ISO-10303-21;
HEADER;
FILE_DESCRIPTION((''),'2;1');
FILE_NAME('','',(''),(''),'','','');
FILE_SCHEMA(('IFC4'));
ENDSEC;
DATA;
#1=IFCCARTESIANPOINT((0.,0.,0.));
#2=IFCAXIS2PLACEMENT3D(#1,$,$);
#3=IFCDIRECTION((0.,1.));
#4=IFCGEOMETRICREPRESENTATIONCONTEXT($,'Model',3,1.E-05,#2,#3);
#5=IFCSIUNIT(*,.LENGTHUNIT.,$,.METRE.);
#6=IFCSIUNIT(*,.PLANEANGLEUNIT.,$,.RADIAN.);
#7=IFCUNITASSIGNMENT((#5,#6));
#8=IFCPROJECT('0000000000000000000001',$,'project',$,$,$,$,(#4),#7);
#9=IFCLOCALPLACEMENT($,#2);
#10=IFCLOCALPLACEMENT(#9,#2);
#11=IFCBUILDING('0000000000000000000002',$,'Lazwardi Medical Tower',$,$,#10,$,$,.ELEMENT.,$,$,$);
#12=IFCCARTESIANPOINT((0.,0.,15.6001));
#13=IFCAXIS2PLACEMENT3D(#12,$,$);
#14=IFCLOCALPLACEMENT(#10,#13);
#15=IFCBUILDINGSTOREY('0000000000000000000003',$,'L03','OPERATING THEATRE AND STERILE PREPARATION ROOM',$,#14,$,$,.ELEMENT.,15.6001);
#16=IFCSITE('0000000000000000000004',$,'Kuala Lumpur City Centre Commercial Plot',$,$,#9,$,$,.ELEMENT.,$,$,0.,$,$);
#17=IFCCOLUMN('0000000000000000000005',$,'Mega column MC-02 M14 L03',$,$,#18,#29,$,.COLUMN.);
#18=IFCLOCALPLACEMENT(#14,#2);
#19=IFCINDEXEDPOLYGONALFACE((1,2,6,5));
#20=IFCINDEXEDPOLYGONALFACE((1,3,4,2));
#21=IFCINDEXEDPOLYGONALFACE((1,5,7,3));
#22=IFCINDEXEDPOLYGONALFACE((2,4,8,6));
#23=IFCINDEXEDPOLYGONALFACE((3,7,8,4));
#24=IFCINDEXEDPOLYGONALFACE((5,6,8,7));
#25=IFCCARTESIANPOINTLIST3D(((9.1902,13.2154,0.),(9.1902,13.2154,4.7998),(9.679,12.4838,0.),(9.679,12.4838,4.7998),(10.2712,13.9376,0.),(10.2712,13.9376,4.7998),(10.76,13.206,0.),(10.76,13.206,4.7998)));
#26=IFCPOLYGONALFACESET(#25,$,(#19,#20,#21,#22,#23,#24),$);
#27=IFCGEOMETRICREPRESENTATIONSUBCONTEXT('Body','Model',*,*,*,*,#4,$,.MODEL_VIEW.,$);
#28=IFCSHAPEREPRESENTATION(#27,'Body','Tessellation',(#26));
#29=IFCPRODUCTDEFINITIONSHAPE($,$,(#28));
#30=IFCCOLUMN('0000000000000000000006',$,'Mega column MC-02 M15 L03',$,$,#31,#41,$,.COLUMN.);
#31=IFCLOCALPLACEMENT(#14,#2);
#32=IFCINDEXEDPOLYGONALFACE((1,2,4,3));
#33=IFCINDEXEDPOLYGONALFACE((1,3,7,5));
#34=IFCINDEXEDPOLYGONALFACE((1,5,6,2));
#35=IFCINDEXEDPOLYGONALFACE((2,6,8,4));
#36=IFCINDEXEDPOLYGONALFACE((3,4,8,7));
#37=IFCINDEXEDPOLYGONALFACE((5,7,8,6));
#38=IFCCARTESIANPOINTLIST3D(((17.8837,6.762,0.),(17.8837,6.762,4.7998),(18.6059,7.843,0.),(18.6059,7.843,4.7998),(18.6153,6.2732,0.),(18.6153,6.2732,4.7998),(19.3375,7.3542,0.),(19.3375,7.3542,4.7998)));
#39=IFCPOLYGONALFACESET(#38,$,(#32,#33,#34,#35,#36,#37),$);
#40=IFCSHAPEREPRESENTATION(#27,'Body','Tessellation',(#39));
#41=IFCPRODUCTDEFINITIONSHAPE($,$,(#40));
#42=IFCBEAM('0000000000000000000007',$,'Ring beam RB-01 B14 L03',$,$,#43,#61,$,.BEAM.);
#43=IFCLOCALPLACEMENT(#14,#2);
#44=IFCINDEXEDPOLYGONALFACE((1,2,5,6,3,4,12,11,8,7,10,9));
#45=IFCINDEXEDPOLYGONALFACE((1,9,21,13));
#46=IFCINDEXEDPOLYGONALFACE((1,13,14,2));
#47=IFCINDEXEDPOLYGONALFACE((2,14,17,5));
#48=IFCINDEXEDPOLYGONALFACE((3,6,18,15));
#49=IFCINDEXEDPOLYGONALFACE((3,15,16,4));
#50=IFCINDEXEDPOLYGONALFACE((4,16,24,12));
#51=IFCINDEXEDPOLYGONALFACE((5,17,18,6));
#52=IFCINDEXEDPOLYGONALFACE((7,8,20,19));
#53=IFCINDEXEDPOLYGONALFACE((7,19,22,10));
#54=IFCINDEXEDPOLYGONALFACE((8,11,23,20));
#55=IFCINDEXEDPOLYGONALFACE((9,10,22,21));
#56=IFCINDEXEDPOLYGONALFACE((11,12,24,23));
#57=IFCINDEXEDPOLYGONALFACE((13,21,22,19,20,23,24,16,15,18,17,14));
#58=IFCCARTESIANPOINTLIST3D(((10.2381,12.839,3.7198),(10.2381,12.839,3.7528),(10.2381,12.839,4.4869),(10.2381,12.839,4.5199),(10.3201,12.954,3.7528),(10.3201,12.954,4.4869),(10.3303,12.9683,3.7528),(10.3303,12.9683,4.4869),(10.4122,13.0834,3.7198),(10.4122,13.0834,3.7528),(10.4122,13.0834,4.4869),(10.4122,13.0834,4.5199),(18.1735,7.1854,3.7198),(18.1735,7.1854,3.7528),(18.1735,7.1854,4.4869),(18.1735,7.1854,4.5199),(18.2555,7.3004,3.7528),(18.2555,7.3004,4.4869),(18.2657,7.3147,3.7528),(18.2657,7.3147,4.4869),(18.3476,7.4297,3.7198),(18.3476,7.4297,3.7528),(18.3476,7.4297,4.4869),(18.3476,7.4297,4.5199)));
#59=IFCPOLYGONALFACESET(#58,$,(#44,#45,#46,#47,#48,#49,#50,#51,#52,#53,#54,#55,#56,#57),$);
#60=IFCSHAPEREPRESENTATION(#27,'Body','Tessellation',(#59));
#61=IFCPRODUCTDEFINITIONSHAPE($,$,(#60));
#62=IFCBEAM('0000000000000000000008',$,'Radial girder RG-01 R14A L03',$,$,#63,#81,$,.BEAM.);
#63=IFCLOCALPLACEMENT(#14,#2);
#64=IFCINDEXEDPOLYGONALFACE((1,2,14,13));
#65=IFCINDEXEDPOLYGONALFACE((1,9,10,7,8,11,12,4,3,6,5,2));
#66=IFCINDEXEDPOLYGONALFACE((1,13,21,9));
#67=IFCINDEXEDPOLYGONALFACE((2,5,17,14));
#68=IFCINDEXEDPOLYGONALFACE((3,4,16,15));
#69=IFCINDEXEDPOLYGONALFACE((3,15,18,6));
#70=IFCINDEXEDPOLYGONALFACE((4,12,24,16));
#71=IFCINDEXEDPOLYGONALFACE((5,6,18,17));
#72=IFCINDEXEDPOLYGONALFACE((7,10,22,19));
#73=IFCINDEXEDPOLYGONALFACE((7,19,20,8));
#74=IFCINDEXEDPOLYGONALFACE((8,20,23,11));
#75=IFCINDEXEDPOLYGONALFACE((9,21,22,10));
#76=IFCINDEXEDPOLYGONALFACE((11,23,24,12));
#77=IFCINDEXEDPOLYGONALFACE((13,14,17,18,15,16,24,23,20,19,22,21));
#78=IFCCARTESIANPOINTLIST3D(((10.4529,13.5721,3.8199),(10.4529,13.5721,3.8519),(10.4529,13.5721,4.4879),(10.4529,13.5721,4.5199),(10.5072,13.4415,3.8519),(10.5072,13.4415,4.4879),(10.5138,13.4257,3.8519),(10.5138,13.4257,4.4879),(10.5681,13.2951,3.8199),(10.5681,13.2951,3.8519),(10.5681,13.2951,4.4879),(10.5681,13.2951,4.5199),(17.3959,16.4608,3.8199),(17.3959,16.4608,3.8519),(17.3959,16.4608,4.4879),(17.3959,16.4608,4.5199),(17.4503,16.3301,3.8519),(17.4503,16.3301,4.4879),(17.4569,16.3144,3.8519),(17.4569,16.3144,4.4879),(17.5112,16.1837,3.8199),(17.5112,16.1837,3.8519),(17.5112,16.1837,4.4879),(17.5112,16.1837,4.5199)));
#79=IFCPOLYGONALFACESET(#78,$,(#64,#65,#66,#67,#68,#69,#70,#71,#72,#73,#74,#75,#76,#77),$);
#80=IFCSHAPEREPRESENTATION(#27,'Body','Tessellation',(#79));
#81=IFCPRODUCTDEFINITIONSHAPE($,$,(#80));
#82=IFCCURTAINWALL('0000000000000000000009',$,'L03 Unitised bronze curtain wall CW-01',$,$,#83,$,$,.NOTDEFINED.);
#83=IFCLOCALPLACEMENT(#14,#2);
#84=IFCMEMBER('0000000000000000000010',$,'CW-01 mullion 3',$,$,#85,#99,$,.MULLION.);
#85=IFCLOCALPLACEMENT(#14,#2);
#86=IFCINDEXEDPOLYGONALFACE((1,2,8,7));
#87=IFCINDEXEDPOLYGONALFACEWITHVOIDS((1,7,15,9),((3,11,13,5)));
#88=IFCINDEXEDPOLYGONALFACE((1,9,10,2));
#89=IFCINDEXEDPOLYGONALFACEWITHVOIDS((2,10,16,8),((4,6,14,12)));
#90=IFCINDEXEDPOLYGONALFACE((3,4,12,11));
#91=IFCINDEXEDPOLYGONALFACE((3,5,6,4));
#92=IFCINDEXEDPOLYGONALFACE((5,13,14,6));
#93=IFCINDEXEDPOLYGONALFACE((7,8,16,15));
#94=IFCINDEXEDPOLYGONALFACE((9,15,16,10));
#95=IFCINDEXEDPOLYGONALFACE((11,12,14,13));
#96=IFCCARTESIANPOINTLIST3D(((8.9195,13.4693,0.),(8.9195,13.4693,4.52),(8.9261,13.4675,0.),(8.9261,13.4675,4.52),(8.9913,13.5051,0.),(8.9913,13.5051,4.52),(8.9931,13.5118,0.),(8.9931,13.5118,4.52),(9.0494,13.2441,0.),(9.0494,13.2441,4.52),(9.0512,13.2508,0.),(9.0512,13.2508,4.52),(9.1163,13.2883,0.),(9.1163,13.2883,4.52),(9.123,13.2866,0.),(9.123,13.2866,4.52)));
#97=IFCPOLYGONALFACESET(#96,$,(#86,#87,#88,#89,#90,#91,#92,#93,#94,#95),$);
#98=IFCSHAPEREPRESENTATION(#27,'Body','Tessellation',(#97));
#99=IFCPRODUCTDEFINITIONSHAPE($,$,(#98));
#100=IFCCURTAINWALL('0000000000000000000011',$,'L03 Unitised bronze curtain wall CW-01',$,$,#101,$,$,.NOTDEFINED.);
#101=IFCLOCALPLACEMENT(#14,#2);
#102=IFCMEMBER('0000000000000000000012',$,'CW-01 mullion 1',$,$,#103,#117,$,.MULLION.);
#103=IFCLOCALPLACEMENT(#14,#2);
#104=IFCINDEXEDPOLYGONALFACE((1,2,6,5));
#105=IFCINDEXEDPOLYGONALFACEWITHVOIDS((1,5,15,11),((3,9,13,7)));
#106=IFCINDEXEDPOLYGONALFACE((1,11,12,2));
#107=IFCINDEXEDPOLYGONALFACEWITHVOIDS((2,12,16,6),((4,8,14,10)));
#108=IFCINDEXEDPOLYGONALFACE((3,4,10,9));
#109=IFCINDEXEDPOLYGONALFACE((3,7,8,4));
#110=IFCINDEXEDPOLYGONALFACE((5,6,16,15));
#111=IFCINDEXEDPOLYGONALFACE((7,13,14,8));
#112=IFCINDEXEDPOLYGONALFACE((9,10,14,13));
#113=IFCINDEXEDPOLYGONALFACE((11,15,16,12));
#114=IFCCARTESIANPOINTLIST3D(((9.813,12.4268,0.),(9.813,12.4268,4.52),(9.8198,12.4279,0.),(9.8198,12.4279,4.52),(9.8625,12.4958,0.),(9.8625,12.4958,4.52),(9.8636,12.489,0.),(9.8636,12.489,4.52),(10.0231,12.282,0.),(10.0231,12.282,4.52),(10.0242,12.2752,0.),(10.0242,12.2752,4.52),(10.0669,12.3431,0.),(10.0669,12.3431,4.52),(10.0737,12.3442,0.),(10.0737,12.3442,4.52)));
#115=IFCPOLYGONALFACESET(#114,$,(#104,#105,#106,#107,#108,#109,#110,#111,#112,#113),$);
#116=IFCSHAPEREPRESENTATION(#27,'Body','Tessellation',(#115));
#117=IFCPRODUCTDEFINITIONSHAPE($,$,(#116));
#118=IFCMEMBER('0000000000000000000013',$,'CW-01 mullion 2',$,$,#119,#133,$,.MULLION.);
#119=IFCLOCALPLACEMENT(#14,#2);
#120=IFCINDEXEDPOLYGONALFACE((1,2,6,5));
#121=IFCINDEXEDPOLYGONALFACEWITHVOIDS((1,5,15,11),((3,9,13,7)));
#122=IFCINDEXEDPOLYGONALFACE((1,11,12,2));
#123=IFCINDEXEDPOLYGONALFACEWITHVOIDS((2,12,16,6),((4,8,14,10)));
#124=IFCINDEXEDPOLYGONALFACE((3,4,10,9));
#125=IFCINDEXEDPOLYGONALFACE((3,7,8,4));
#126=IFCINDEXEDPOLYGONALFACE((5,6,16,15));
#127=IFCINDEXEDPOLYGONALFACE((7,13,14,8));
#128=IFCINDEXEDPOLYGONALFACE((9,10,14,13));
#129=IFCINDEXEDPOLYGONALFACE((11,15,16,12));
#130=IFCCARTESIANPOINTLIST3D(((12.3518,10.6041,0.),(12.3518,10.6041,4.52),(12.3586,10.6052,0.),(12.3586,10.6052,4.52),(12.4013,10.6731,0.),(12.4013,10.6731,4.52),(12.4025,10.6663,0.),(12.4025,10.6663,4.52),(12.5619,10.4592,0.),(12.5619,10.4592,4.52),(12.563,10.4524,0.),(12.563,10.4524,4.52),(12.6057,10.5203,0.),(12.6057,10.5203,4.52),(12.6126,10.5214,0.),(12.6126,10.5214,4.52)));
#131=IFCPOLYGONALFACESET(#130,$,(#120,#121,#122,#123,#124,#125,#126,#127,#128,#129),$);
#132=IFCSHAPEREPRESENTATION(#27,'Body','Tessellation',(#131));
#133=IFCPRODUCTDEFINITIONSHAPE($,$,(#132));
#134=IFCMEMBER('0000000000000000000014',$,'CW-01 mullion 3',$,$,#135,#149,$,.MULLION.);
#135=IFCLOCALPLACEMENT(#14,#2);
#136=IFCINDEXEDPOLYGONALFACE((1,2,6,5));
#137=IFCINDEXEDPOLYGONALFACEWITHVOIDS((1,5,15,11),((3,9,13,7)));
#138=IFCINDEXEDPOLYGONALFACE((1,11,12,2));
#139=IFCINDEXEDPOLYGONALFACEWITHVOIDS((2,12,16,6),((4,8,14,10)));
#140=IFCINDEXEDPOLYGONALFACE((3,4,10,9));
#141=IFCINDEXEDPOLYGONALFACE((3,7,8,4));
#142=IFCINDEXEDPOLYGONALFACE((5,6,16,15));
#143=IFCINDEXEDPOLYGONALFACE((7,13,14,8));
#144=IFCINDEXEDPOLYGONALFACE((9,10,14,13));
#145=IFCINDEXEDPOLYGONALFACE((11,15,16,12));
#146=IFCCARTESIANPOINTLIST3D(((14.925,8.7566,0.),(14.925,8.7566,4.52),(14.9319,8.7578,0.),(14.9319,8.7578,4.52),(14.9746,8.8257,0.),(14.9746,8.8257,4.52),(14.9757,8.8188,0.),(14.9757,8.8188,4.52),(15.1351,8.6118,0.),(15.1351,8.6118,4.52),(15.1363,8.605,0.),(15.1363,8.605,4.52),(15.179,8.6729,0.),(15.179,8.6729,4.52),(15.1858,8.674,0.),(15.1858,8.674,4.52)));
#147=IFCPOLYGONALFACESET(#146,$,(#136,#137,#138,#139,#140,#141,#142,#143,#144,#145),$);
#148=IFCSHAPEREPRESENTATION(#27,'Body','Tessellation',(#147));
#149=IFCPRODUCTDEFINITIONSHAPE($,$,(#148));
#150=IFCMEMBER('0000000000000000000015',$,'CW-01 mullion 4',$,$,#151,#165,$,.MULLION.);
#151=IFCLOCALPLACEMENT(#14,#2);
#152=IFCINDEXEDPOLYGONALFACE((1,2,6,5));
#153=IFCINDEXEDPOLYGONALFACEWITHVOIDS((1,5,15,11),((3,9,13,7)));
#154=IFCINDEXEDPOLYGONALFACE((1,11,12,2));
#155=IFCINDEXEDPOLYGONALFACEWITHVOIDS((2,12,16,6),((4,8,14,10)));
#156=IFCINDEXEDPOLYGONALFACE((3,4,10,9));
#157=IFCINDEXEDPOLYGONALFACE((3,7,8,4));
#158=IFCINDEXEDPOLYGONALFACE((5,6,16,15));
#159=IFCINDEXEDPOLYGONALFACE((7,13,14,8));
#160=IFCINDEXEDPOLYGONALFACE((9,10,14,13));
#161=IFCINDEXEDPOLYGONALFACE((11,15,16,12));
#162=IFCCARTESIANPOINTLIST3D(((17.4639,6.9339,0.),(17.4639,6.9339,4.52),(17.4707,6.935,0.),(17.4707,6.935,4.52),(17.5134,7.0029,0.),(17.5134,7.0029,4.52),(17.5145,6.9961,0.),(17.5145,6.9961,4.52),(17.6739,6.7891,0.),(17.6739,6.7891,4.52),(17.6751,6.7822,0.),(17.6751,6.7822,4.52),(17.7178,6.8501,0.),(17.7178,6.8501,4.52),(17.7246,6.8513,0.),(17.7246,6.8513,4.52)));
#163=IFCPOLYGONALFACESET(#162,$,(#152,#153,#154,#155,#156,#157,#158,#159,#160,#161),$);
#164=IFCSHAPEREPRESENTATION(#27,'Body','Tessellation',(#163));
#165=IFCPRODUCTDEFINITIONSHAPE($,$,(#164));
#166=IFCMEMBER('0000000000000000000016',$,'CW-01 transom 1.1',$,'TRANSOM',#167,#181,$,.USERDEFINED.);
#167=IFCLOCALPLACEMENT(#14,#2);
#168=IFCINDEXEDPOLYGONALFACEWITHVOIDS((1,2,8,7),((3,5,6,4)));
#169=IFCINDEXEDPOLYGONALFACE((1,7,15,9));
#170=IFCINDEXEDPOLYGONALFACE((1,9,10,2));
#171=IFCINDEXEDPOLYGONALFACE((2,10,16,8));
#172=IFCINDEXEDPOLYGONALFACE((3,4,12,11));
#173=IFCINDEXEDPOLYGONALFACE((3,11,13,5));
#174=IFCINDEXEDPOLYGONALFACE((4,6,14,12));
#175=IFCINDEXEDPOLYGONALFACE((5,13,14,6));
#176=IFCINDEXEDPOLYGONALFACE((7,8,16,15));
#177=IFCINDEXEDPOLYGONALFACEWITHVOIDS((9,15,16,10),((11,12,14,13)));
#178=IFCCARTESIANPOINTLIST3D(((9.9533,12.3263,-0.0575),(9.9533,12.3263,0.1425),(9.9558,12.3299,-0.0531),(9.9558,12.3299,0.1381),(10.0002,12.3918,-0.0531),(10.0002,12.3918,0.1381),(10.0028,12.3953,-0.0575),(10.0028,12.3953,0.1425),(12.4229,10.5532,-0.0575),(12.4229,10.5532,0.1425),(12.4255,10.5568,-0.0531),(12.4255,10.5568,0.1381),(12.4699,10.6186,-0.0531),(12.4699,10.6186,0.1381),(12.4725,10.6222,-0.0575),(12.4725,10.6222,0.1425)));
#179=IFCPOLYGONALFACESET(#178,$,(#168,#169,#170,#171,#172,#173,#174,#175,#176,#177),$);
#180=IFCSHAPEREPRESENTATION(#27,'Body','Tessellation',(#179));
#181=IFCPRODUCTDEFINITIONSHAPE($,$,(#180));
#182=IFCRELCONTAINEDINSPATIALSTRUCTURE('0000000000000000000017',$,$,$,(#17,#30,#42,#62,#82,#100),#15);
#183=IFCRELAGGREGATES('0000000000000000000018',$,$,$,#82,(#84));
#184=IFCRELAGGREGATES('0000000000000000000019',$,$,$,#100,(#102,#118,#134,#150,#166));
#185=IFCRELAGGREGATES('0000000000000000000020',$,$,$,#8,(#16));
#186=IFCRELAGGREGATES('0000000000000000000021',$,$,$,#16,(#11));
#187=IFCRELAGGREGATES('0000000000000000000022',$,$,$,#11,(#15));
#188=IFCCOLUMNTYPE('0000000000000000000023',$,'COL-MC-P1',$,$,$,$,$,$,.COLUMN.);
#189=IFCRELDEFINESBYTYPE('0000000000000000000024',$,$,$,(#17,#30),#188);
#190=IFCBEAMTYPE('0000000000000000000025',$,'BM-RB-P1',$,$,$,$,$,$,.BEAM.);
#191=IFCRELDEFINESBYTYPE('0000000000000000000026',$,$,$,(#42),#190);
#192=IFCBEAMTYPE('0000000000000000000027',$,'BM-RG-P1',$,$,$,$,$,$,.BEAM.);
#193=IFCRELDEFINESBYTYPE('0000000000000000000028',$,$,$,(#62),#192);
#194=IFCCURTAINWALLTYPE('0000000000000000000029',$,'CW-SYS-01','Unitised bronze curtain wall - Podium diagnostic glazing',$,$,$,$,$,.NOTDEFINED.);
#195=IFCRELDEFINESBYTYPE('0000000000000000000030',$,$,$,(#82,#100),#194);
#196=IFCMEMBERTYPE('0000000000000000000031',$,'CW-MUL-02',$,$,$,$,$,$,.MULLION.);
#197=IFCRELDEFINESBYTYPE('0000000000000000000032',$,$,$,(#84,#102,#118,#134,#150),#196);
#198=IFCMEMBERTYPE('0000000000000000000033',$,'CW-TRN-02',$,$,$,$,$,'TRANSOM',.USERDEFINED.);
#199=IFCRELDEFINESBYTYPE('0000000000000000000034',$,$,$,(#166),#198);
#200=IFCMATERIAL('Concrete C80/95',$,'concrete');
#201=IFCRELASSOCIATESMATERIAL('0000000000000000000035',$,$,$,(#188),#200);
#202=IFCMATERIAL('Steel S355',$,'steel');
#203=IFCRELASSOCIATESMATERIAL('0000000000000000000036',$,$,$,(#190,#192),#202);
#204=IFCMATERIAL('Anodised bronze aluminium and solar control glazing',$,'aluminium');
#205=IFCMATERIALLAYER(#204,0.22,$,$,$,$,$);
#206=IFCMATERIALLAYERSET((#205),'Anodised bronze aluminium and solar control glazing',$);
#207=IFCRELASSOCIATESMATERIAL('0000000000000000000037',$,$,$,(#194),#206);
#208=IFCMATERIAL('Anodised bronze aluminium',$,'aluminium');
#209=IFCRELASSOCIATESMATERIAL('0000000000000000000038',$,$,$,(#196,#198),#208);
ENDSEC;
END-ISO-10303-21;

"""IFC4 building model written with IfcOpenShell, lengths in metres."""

from ifc_helpers import new_model, si_unit, direction, frame, origin, origin_2d, place, context, subcontext, project, spatial, rectangle, hollow_rectangle, i_section, extrude, material, layer, layer_set, material_profile, profile_set, type_object, element, aggregate, save


model = new_model("IFC4")

# Units and contexts
model_context = context("Model", 3, precision=1e-05, world=origin(), true_north=direction((0.0, 1.0)))
body_context = subcontext(model_context, "Body", "Model", "MODEL_VIEW")
ifc_project = project(units=[si_unit("LENGTHUNIT", "METRE"), si_unit("PLANEANGLEUNIT", "RADIAN")], contexts=[model_context])

# Site, building, storey
site_placement = place(None, origin())
site = spatial("IfcSite", under=ifc_project, at=site_placement, Name="Kuala Lumpur City Centre Commercial Plot", CompositionType="ELEMENT", RefElevation=0.0)
building_placement = place(site_placement, origin())
building = spatial("IfcBuilding", under=site, at=building_placement, Name="Lazwardi Medical Tower", CompositionType="ELEMENT")
storey_placement = place(building_placement, frame((0.0, 0.0, 15.6001)))
storey = spatial("IfcBuildingStorey", under=building, at=storey_placement, Name="L03", Description="OPERATING THEATRE AND STERILE PREPARATION ROOM", CompositionType="ELEMENT", Elevation=15.6001)

# Columns
ifc_material_1 = material(Name="Concrete C80/95", Category="concrete")
ifc_material_profile_1 = material_profile(ifc_material_1, rectangle(XDim=1.3, YDim=0.8799, at=origin_2d()), Name="CFT-RECT 1300x880")
ifc_profile_set_1 = profile_set([ifc_material_profile_1], Name="Concrete C80/95")
column_type = type_object("IfcColumnType", Name="COL-MC-P1", PredefinedType="COLUMN", material=ifc_profile_set_1)
for number, where, z_axis, x_axis, name in (
    (1, (9.9751, 13.2107, 0.0), (0.0, 0.0, 1.0), (-0.83147, -0.55557, 0.0), "Mega column MC-02 M14 L03"),
    (2, (18.6106, 7.0581, 0.0), (0.0, 0.0, 1.0), (-0.55557, -0.83147, 0.0), "Mega column MC-02 M15 L03"),
):
    element("IfcColumn", number, at=place(storey_placement, frame(where, z_axis=z_axis, x_axis=x_axis)), inside=storey, type_object=column_type, Name=name, PredefinedType="COLUMN", context=body_context, shape_type="SweptSolid", body=[
        extrude(rectangle(XDim=1.3, YDim=0.8799, at=origin_2d()), origin(), (0.0, 0.0, 1.0), 4.7998),
    ])

# Beams
ifc_material_2 = material(Name="Steel S355", Category="steel")
ifc_material_profile_2 = material_profile(ifc_material_2, i_section(OverallWidth=0.3, OverallDepth=0.8, WebThickness=0.0176, FlangeThickness=0.033, at=origin_2d()), Name="HEB 800")
ifc_profile_set_2 = profile_set([ifc_material_profile_2], Name="Steel S355")
beam_type_1 = type_object("IfcBeamType", Name="BM-RB-P1", PredefinedType="BEAM", material=ifc_profile_set_2)
beam_1_placement = place(storey_placement, frame((10.3252, 12.9612, 4.1199), z_axis=(0.814437, -0.580252, 0.0), x_axis=(0.580252, 0.814437, 0.0)))
element("IfcBeam", 3, at=beam_1_placement, inside=storey, type_object=beam_type_1, Name="Ring beam RB-01 B14 L03", PredefinedType="BEAM", context=body_context, shape_type="SweptSolid", body=[
    extrude(i_section(OverallWidth=0.3, OverallDepth=0.8, WebThickness=0.0176, FlangeThickness=0.033, at=origin_2d()), origin(), (0.0, 0.0, 1.0), 9.7434),
])
ifc_material_profile_3 = material_profile(ifc_material_2, i_section(OverallWidth=0.3, OverallDepth=0.7, WebThickness=0.0171, FlangeThickness=0.032, at=origin_2d()), Name="HEB 700")
ifc_profile_set_3 = profile_set([ifc_material_profile_3], Name="Steel S355")
beam_type_2 = type_object("IfcBeamType", Name="BM-RG-P1", PredefinedType="BEAM", material=ifc_profile_set_3)
beam_2_placement = place(storey_placement, frame((10.5105, 13.4336, 4.1699), z_axis=(0.923279, 0.384129, 0.0), x_axis=(-0.384129, 0.923279, 0.0)))
element("IfcBeam", 4, at=beam_2_placement, inside=storey, type_object=beam_type_2, Name="Radial girder RG-01 R14A L03", PredefinedType="BEAM", context=body_context, shape_type="SweptSolid", body=[
    extrude(i_section(OverallWidth=0.3, OverallDepth=0.7, WebThickness=0.0171, FlangeThickness=0.032, at=origin_2d()), origin(), (0.0, 0.0, 1.0), 7.52),
])

# Curtain wall, member
ifc_material_3 = material(Name="Anodised bronze aluminium and solar control glazing", Category="aluminium")
ifc_layer_1 = layer(ifc_material_3, 0.22)
ifc_layer_set_1 = layer_set([ifc_layer_1], Name="Anodised bronze aluminium and solar control glazing")
curtain_wall_type = type_object("IfcCurtainWallType", Name="CW-SYS-01", Description="Unitised bronze curtain wall - Podium diagnostic glazing", PredefinedType="NOTDEFINED", material=ifc_layer_set_1)
curtain_wall_1_placement = place(storey_placement, origin())
curtain_wall_1 = element("IfcCurtainWall", 5, at=curtain_wall_1_placement, inside=storey, type_object=curtain_wall_type, Name="L03 Unitised bronze curtain wall CW-01", PredefinedType="NOTDEFINED")
ifc_material_4 = material(Name="Anodised bronze aluminium", Category="aluminium")
ifc_material_profile_4 = material_profile(ifc_material_4, hollow_rectangle(XDim=0.085, YDim=0.26, WallThickness=0.0049, at=origin_2d()), Name="ALU-MULLION 260x85x5")
ifc_profile_set_4 = profile_set([ifc_material_profile_4], Name="Anodised bronze aluminium")
member_type_1 = type_object("IfcMemberType", Name="CW-MUL-02", PredefinedType="MULLION", material=ifc_profile_set_4)
member_1_placement = place(storey_placement, frame((9.0212, 13.3779, 0.0), z_axis=(0.0, 0.0, 1.0), x_axis=(0.866181, 0.499731, 0.0)))
member_1 = element("IfcMember", 6, at=member_1_placement, type_object=member_type_1, Name="CW-01 mullion 3", PredefinedType="MULLION", context=body_context, shape_type="SweptSolid", body=[
    extrude(hollow_rectangle(XDim=0.085, YDim=0.26, WallThickness=0.0049, at=origin_2d()), origin(), (0.0, 0.0, 1.0), 4.52),
])
aggregate(curtain_wall_1, [member_1])

# Curtain wall, members
curtain_wall_2_placement = place(storey_placement, origin())
curtain_wall_2 = element("IfcCurtainWall", 7, at=curtain_wall_2_placement, inside=storey, type_object=curtain_wall_type, Name="L03 Unitised bronze curtain wall CW-01", PredefinedType="NOTDEFINED")
member_2_placement = place(storey_placement, frame((9.9434, 12.3855, 0.0), z_axis=(0.0, 0.0, 1.0), x_axis=(0.583214, 0.812318, 0.0)))
member_2 = element("IfcMember", 8, at=member_2_placement, type_object=member_type_1, Name="CW-01 mullion 1", PredefinedType="MULLION", context=body_context, shape_type="SweptSolid", body=[
    extrude(hollow_rectangle(XDim=0.085, YDim=0.26, WallThickness=0.0049, at=origin_2d()), origin(), (0.0, 0.0, 1.0), 4.52),
])
member_3_placement = place(storey_placement, frame((12.4822, 10.5627, 0.0), z_axis=(0.0, 0.0, 1.0), x_axis=(0.583214, 0.812318, 0.0)))
member_3 = element("IfcMember", 9, at=member_3_placement, type_object=member_type_1, Name="CW-01 mullion 2", PredefinedType="MULLION", context=body_context, shape_type="SweptSolid", body=[
    extrude(hollow_rectangle(XDim=0.085, YDim=0.26, WallThickness=0.0049, at=origin_2d()), origin(), (0.0, 0.0, 1.0), 4.52),
])
member_4_placement = place(storey_placement, frame((15.0554, 8.7153, 0.0), z_axis=(0.0, 0.0, 1.0), x_axis=(0.583214, 0.812318, 0.0)))
member_4 = element("IfcMember", 10, at=member_4_placement, type_object=member_type_1, Name="CW-01 mullion 3", PredefinedType="MULLION", context=body_context, shape_type="SweptSolid", body=[
    extrude(hollow_rectangle(XDim=0.085, YDim=0.26, WallThickness=0.0049, at=origin_2d()), origin(), (0.0, 0.0, 1.0), 4.52),
])
member_5_placement = place(storey_placement, frame((17.5942, 6.8926, 0.0), z_axis=(0.0, 0.0, 1.0), x_axis=(0.583214, 0.812318, 0.0)))
member_5 = element("IfcMember", 11, at=member_5_placement, type_object=member_type_1, Name="CW-01 mullion 4", PredefinedType="MULLION", context=body_context, shape_type="SweptSolid", body=[
    extrude(hollow_rectangle(XDim=0.085, YDim=0.26, WallThickness=0.0049, at=origin_2d()), origin(), (0.0, 0.0, 1.0), 4.52),
])
ifc_material_profile_5 = material_profile(ifc_material_4, hollow_rectangle(XDim=0.085, YDim=0.2, WallThickness=0.0044, at=origin_2d()), Name="ALU-TRANSOM 200x85x4.5")
ifc_profile_set_5 = profile_set([ifc_material_profile_5], Name="Anodised bronze aluminium")
member_type_2 = type_object("IfcMemberType", Name="CW-TRN-02", ElementType="TRANSOM", PredefinedType="USERDEFINED", material=ifc_profile_set_5)
member_6_placement = place(storey_placement, frame((9.978, 12.3608, 0.0425), z_axis=(0.812315, -0.583219, 0.0), x_axis=(0.583219, 0.812315, 0.0)))
member_6 = element("IfcMember", 12, at=member_6_placement, type_object=member_type_2, Name="CW-01 transom 1.1", ObjectType="TRANSOM", PredefinedType="USERDEFINED", context=body_context, shape_type="SweptSolid", body=[
    extrude(hollow_rectangle(XDim=0.085, YDim=0.2, WallThickness=0.0044, at=origin_2d()), origin(), (0.0, 0.0, 1.0), 3.0403),
])
aggregate(curtain_wall_2, [member_2, member_3, member_4, member_5, member_6])

save(model, "model.ifc")
